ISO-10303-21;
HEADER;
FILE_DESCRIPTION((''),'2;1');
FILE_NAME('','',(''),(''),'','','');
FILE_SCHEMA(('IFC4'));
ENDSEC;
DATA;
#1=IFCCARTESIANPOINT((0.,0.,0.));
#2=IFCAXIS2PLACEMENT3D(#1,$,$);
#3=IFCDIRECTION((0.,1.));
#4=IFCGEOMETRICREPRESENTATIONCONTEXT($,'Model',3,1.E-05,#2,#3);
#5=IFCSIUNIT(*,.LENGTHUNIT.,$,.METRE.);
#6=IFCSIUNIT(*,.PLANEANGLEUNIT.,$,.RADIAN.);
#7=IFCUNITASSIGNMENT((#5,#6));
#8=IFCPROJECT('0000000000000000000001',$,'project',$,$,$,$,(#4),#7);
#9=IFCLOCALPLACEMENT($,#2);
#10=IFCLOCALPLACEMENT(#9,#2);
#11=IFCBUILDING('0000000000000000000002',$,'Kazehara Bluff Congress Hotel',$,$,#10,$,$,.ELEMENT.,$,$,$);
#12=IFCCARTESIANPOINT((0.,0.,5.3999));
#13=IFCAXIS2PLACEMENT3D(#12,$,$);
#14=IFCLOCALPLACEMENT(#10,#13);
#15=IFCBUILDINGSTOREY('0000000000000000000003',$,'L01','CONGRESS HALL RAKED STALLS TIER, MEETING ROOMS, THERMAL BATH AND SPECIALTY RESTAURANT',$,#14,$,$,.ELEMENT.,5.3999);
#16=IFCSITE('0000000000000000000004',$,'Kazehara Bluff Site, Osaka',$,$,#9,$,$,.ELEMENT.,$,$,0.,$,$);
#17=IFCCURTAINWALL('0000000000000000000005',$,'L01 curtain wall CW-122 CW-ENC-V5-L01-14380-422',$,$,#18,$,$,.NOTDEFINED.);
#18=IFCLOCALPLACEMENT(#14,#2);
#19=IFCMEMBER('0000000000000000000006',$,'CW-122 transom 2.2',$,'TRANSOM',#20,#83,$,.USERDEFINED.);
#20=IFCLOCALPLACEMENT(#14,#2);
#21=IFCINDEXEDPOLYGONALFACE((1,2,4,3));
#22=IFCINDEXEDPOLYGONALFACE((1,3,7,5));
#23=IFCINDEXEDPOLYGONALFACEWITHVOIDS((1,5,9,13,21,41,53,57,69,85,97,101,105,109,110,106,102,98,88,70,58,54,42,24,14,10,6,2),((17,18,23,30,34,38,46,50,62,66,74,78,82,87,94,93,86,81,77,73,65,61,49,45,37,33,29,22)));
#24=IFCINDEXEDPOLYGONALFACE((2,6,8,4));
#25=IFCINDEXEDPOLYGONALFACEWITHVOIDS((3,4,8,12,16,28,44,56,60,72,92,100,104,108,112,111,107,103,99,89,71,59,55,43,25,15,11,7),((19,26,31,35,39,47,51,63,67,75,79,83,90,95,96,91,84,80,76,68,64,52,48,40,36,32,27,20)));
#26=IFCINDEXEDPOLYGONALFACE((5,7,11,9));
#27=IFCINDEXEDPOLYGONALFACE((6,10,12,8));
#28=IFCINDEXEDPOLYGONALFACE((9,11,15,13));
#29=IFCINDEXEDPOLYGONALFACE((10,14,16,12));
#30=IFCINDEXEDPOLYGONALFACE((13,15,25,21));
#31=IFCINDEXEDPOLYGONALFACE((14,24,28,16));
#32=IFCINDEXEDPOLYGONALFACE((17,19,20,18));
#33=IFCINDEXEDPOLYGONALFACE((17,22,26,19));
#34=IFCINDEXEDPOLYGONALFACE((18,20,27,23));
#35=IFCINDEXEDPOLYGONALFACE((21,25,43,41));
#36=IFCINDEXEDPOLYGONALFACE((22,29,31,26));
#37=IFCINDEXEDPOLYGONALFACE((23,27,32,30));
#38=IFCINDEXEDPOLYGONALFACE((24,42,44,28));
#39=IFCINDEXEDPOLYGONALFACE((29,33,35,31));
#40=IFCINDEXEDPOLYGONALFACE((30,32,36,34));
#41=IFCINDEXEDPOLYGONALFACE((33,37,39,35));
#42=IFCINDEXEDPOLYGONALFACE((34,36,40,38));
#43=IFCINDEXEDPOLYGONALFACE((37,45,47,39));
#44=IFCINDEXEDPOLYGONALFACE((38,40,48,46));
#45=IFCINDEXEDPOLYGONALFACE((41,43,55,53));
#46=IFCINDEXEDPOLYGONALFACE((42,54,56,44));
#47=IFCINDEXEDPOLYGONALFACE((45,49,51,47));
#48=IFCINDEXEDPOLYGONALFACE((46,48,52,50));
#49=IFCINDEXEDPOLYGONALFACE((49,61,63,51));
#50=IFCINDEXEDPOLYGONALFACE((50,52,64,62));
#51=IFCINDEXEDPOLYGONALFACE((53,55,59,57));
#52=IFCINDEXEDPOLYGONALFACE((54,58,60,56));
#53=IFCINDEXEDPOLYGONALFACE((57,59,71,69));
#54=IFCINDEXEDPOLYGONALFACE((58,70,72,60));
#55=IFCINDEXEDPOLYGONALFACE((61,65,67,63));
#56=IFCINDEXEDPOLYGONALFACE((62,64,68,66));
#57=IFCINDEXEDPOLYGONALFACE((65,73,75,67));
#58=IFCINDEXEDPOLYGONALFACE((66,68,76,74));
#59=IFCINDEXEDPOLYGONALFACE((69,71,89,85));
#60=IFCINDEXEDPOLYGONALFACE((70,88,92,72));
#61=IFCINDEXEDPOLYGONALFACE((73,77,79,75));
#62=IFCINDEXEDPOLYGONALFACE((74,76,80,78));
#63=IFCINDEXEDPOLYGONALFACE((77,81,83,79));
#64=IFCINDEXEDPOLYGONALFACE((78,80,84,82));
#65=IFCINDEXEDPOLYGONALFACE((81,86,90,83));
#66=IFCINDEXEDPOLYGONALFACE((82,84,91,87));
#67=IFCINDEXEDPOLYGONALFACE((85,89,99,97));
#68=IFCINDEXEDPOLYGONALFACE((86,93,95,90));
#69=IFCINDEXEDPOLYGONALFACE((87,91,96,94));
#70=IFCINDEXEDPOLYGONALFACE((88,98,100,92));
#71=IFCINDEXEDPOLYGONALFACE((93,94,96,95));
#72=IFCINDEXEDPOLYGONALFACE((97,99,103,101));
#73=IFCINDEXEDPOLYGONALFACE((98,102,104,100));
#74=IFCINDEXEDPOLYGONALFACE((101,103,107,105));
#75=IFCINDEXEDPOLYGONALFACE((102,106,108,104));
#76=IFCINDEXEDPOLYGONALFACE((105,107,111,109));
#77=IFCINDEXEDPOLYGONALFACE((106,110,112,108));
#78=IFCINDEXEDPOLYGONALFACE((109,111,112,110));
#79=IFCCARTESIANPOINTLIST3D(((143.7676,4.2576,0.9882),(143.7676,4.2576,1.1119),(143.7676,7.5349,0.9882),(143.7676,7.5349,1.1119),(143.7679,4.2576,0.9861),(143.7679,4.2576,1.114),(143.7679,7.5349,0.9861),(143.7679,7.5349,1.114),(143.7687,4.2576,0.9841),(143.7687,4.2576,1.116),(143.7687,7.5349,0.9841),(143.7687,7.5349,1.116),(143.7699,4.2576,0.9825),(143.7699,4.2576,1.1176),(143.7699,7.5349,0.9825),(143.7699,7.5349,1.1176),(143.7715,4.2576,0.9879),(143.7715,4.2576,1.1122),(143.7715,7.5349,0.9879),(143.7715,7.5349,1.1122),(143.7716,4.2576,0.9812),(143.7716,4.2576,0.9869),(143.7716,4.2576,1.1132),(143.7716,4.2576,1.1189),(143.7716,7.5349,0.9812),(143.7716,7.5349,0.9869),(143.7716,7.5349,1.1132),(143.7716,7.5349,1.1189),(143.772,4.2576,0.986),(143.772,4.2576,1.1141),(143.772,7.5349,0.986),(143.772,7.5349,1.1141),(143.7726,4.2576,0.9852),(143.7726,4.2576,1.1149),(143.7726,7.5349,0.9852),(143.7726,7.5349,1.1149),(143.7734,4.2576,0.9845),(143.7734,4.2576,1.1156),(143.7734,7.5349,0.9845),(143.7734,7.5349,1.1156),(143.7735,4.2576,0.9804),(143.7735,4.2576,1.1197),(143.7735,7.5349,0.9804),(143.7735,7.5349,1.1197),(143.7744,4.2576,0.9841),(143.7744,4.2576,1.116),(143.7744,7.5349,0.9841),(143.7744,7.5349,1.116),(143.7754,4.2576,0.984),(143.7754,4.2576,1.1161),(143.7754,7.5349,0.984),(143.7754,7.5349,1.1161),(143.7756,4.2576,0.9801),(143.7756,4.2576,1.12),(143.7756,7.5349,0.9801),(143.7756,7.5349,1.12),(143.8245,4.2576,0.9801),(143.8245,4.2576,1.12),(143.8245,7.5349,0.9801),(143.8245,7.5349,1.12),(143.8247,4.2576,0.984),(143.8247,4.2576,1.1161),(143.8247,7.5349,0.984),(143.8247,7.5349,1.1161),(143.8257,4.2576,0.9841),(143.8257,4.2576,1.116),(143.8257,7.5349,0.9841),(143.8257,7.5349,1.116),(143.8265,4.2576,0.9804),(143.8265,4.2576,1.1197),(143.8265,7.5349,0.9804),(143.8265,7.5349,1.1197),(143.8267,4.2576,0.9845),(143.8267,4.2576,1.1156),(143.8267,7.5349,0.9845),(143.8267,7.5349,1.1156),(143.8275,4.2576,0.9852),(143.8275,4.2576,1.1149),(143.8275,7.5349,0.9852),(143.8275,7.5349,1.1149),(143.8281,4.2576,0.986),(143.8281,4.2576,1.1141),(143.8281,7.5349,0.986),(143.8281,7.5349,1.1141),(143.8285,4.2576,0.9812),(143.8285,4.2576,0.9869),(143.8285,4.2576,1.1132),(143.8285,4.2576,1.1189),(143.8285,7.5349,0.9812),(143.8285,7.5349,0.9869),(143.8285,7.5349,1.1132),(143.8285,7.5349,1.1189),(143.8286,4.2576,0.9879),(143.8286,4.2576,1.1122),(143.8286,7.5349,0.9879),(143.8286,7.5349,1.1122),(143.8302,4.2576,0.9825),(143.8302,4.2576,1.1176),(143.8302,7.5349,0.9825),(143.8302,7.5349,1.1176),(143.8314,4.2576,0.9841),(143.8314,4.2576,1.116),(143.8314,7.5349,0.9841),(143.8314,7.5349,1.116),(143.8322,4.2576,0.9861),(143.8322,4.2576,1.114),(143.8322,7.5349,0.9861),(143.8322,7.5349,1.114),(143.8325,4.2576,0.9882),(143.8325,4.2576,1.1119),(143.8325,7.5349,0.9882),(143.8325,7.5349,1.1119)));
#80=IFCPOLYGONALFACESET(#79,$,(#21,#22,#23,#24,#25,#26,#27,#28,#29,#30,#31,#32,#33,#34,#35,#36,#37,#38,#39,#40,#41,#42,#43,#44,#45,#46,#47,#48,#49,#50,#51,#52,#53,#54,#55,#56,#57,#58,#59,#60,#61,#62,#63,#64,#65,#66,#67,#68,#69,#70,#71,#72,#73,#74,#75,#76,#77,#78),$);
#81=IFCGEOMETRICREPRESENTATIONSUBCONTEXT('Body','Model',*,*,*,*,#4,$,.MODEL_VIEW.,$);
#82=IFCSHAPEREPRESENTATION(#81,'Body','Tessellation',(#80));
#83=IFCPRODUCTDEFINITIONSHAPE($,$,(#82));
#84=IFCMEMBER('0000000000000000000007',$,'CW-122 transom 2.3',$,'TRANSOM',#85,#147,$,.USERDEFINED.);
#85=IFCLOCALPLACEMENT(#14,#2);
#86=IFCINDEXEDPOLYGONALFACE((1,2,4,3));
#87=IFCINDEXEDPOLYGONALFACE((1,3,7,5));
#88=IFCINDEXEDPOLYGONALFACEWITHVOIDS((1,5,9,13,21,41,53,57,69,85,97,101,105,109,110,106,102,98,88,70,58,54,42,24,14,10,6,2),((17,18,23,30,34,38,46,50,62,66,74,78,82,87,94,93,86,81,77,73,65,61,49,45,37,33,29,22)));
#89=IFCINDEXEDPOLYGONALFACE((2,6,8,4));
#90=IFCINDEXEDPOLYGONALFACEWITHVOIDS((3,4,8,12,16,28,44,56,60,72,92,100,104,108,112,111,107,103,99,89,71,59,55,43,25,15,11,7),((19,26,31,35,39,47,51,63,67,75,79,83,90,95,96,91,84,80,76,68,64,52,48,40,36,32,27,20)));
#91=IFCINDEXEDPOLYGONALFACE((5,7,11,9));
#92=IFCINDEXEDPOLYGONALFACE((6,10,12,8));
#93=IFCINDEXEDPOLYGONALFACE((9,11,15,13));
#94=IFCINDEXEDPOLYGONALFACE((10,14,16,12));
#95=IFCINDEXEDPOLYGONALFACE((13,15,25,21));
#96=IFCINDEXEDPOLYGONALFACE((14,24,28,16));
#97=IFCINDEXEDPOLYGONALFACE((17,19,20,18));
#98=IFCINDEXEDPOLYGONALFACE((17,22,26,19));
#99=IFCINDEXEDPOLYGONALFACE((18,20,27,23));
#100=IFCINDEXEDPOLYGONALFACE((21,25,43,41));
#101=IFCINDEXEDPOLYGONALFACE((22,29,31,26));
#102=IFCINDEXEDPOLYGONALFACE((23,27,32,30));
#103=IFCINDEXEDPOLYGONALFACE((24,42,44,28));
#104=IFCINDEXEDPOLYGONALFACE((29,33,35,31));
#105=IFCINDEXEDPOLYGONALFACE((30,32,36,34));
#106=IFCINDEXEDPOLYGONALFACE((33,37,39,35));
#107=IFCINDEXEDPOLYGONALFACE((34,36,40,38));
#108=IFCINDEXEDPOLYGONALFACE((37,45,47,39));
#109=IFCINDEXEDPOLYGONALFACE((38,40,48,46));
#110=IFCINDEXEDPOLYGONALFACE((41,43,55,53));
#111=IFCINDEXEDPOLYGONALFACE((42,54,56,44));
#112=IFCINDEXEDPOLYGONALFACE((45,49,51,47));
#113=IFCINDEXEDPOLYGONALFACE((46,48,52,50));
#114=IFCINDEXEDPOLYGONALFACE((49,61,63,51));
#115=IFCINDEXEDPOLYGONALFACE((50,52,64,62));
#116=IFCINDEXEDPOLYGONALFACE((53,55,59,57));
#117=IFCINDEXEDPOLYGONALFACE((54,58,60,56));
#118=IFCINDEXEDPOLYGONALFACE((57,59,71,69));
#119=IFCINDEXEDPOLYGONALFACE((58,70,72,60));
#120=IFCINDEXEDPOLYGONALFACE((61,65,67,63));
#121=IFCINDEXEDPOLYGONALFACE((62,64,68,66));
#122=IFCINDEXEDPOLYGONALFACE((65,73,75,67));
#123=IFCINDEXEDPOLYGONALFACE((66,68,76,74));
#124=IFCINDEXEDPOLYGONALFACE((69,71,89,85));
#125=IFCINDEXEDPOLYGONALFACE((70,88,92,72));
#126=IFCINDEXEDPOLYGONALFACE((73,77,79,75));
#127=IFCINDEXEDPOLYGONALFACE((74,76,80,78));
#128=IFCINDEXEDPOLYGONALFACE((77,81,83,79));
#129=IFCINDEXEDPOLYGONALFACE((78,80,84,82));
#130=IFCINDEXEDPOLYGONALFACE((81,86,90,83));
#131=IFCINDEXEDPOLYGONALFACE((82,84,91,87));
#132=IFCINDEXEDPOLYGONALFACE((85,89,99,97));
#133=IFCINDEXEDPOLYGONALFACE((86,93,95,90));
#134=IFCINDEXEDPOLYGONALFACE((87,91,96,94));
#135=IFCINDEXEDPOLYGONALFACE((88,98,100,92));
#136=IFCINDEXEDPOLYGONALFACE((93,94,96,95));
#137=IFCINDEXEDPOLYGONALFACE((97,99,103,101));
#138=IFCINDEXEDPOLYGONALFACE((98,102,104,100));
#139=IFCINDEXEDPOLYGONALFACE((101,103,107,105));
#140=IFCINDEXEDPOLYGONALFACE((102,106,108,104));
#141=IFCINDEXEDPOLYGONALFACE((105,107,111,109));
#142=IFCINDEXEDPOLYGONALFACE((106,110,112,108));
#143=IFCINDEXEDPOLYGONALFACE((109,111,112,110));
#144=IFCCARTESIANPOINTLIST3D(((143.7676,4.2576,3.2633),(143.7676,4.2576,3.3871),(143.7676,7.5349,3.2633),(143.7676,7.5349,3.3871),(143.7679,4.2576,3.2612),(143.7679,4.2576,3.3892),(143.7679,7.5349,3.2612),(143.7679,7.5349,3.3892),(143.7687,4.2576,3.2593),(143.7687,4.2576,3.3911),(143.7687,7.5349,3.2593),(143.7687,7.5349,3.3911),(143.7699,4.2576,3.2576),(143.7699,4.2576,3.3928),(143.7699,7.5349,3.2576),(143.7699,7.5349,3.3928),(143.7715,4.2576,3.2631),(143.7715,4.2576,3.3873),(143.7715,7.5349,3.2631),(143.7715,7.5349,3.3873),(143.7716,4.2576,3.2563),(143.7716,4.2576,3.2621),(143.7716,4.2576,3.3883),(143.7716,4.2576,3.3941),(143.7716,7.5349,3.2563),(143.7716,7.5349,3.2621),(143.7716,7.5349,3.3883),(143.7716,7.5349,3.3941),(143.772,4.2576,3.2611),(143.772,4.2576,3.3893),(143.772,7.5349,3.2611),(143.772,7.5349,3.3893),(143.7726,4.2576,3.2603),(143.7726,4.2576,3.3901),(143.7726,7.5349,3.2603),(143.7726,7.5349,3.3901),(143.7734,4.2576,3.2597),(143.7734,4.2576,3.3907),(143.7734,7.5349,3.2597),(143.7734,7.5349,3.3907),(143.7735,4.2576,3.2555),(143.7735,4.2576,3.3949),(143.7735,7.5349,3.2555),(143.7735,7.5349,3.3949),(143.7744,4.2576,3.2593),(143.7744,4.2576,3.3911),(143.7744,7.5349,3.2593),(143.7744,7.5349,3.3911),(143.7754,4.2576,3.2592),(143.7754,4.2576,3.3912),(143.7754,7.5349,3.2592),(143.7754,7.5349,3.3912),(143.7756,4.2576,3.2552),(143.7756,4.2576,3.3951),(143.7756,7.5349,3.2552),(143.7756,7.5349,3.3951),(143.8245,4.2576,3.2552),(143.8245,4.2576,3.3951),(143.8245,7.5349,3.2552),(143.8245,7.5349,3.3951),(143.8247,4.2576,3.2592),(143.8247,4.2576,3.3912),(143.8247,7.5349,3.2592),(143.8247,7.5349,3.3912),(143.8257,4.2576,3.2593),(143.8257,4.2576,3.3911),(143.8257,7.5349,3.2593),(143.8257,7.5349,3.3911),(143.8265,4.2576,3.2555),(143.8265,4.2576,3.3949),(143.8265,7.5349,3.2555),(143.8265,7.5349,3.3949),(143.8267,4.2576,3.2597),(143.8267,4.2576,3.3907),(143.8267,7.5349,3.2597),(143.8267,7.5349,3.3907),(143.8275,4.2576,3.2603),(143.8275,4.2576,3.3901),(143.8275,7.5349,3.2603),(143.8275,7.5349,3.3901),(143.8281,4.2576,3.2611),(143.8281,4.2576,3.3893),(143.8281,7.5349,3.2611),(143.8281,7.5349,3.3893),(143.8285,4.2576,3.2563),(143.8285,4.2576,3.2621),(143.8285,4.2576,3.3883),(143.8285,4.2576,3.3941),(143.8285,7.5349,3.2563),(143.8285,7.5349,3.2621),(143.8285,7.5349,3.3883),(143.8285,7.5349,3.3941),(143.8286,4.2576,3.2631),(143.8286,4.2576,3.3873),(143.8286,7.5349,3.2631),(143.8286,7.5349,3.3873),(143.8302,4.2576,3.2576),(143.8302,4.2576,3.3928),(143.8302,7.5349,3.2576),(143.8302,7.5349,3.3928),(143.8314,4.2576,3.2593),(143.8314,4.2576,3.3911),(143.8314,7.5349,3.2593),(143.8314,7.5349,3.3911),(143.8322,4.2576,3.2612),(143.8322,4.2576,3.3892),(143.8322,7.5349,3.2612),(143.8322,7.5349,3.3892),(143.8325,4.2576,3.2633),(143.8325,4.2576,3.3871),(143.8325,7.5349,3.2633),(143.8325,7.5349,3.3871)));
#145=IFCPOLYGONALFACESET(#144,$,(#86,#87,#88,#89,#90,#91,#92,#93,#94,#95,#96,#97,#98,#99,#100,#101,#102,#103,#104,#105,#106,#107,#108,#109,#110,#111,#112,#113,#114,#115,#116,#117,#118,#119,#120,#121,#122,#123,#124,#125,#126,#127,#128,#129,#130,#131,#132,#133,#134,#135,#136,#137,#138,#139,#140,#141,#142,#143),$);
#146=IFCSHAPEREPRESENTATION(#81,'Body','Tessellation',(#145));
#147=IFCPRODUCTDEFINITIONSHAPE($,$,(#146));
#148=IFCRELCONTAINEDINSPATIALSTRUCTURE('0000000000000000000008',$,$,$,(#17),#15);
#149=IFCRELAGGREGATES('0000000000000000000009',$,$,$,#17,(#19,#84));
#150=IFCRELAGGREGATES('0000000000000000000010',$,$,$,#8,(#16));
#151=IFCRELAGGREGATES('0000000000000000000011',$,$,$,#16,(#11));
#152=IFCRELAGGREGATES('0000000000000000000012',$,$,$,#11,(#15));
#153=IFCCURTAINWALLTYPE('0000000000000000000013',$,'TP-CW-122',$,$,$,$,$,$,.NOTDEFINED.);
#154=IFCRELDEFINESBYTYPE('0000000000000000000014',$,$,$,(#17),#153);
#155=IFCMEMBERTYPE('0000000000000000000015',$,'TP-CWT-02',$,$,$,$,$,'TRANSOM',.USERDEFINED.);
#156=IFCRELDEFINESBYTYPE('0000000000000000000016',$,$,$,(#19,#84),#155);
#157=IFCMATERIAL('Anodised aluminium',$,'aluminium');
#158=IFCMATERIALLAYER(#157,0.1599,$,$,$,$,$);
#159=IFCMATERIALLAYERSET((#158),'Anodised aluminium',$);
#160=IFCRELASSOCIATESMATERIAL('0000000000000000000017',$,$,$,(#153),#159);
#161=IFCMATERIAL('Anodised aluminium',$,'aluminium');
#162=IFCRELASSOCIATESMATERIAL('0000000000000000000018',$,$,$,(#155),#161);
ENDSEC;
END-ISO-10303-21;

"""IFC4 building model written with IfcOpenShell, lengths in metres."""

from ifc_helpers import new_model, si_unit, direction, frame, origin, origin_2d, place, context, subcontext, project, spatial, hollow_rectangle, extrude, material, layer, layer_set, material_profile, profile_set, type_object, element, aggregate, save


model = new_model("IFC4")

# Units and contexts
model_context = context("Model", 3, precision=1e-05, world=origin(), true_north=direction((0.0, 1.0)))
body_context = subcontext(model_context, "Body", "Model", "MODEL_VIEW")
ifc_project = project(units=[si_unit("LENGTHUNIT", "METRE"), si_unit("PLANEANGLEUNIT", "RADIAN")], contexts=[model_context])

# Site, building, storey
site_placement = place(None, origin())
site = spatial("IfcSite", under=ifc_project, at=site_placement, Name="Kazehara Bluff Site, Osaka", CompositionType="ELEMENT", RefElevation=0.0)
building_placement = place(site_placement, origin())
building = spatial("IfcBuilding", under=site, at=building_placement, Name="Kazehara Bluff Congress Hotel", CompositionType="ELEMENT")
storey_placement = place(building_placement, frame((0.0, 0.0, 5.3999)))
storey = spatial("IfcBuildingStorey", under=building, at=storey_placement, Name="L01", Description="CONGRESS HALL RAKED STALLS TIER, MEETING ROOMS, THERMAL BATH AND SPECIALTY RESTAURANT", CompositionType="ELEMENT", Elevation=5.3999)

# Curtain wall
ifc_material_1 = material(Name="Anodised aluminium", Category="aluminium")
ifc_layer_1 = layer(ifc_material_1, 0.1599)
ifc_layer_set_1 = layer_set([ifc_layer_1], Name="Anodised aluminium")
curtain_wall_type_1 = type_object("IfcCurtainWallType", Name="TP-CW-122", PredefinedType="NOTDEFINED", material=ifc_layer_set_1)
curtain_wall_1_placement = place(storey_placement, origin())
curtain_wall_1 = element("IfcCurtainWall", 1, at=curtain_wall_1_placement, inside=storey, type_object=curtain_wall_type_1, Name="L01 curtain wall CW-122 CW-ENC-V5-L01-14380-422", PredefinedType="NOTDEFINED")

# Members
ifc_material_2 = material(Name="Anodised aluminium", Category="aluminium")
ifc_material_profile_1 = material_profile(ifc_material_2, hollow_rectangle(XDim=0.0649, YDim=0.1399, WallThickness=0.0039, InnerFilletRadius=0.0039, OuterFilletRadius=0.0081, at=origin_2d()))
ifc_profile_set_1 = profile_set([ifc_material_profile_1], Name="Anodised aluminium")
member_type_1 = type_object("IfcMemberType", Name="TP-CWT-02", ElementType="TRANSOM", PredefinedType="USERDEFINED", material=ifc_profile_set_1)
member_1_placement = place(storey_placement, frame((143.8, 4.2576, 1.05), z_axis=(0.0, 1.0, 0.0), x_axis=(-1.0, 0.0, 0.0)))
member_1 = element("IfcMember", 2, at=member_1_placement, type_object=member_type_1, Name="CW-122 transom 2.2", ObjectType="TRANSOM", PredefinedType="USERDEFINED", context=body_context, shape_type="SweptSolid", body=[
    extrude(hollow_rectangle(XDim=0.0649, YDim=0.1399, WallThickness=0.0039, InnerFilletRadius=0.0039, OuterFilletRadius=0.0081, at=origin_2d()), origin(), (0.0, 0.0, 1.0), 3.2773),
])
member_2_placement = place(storey_placement, frame((143.8, 4.2576, 3.3252), z_axis=(0.0, 1.0, 0.0), x_axis=(-1.0, 0.0, 0.0)))
member_2 = element("IfcMember", 3, at=member_2_placement, type_object=member_type_1, Name="CW-122 transom 2.3", ObjectType="TRANSOM", PredefinedType="USERDEFINED", context=body_context, shape_type="SweptSolid", body=[
    extrude(hollow_rectangle(XDim=0.0649, YDim=0.1399, WallThickness=0.0039, InnerFilletRadius=0.0039, OuterFilletRadius=0.0081, at=origin_2d()), origin(), (0.0, 0.0, 1.0), 3.2773),
])

aggregate(curtain_wall_1, [member_1, member_2])

save(model, "model.ifc")
